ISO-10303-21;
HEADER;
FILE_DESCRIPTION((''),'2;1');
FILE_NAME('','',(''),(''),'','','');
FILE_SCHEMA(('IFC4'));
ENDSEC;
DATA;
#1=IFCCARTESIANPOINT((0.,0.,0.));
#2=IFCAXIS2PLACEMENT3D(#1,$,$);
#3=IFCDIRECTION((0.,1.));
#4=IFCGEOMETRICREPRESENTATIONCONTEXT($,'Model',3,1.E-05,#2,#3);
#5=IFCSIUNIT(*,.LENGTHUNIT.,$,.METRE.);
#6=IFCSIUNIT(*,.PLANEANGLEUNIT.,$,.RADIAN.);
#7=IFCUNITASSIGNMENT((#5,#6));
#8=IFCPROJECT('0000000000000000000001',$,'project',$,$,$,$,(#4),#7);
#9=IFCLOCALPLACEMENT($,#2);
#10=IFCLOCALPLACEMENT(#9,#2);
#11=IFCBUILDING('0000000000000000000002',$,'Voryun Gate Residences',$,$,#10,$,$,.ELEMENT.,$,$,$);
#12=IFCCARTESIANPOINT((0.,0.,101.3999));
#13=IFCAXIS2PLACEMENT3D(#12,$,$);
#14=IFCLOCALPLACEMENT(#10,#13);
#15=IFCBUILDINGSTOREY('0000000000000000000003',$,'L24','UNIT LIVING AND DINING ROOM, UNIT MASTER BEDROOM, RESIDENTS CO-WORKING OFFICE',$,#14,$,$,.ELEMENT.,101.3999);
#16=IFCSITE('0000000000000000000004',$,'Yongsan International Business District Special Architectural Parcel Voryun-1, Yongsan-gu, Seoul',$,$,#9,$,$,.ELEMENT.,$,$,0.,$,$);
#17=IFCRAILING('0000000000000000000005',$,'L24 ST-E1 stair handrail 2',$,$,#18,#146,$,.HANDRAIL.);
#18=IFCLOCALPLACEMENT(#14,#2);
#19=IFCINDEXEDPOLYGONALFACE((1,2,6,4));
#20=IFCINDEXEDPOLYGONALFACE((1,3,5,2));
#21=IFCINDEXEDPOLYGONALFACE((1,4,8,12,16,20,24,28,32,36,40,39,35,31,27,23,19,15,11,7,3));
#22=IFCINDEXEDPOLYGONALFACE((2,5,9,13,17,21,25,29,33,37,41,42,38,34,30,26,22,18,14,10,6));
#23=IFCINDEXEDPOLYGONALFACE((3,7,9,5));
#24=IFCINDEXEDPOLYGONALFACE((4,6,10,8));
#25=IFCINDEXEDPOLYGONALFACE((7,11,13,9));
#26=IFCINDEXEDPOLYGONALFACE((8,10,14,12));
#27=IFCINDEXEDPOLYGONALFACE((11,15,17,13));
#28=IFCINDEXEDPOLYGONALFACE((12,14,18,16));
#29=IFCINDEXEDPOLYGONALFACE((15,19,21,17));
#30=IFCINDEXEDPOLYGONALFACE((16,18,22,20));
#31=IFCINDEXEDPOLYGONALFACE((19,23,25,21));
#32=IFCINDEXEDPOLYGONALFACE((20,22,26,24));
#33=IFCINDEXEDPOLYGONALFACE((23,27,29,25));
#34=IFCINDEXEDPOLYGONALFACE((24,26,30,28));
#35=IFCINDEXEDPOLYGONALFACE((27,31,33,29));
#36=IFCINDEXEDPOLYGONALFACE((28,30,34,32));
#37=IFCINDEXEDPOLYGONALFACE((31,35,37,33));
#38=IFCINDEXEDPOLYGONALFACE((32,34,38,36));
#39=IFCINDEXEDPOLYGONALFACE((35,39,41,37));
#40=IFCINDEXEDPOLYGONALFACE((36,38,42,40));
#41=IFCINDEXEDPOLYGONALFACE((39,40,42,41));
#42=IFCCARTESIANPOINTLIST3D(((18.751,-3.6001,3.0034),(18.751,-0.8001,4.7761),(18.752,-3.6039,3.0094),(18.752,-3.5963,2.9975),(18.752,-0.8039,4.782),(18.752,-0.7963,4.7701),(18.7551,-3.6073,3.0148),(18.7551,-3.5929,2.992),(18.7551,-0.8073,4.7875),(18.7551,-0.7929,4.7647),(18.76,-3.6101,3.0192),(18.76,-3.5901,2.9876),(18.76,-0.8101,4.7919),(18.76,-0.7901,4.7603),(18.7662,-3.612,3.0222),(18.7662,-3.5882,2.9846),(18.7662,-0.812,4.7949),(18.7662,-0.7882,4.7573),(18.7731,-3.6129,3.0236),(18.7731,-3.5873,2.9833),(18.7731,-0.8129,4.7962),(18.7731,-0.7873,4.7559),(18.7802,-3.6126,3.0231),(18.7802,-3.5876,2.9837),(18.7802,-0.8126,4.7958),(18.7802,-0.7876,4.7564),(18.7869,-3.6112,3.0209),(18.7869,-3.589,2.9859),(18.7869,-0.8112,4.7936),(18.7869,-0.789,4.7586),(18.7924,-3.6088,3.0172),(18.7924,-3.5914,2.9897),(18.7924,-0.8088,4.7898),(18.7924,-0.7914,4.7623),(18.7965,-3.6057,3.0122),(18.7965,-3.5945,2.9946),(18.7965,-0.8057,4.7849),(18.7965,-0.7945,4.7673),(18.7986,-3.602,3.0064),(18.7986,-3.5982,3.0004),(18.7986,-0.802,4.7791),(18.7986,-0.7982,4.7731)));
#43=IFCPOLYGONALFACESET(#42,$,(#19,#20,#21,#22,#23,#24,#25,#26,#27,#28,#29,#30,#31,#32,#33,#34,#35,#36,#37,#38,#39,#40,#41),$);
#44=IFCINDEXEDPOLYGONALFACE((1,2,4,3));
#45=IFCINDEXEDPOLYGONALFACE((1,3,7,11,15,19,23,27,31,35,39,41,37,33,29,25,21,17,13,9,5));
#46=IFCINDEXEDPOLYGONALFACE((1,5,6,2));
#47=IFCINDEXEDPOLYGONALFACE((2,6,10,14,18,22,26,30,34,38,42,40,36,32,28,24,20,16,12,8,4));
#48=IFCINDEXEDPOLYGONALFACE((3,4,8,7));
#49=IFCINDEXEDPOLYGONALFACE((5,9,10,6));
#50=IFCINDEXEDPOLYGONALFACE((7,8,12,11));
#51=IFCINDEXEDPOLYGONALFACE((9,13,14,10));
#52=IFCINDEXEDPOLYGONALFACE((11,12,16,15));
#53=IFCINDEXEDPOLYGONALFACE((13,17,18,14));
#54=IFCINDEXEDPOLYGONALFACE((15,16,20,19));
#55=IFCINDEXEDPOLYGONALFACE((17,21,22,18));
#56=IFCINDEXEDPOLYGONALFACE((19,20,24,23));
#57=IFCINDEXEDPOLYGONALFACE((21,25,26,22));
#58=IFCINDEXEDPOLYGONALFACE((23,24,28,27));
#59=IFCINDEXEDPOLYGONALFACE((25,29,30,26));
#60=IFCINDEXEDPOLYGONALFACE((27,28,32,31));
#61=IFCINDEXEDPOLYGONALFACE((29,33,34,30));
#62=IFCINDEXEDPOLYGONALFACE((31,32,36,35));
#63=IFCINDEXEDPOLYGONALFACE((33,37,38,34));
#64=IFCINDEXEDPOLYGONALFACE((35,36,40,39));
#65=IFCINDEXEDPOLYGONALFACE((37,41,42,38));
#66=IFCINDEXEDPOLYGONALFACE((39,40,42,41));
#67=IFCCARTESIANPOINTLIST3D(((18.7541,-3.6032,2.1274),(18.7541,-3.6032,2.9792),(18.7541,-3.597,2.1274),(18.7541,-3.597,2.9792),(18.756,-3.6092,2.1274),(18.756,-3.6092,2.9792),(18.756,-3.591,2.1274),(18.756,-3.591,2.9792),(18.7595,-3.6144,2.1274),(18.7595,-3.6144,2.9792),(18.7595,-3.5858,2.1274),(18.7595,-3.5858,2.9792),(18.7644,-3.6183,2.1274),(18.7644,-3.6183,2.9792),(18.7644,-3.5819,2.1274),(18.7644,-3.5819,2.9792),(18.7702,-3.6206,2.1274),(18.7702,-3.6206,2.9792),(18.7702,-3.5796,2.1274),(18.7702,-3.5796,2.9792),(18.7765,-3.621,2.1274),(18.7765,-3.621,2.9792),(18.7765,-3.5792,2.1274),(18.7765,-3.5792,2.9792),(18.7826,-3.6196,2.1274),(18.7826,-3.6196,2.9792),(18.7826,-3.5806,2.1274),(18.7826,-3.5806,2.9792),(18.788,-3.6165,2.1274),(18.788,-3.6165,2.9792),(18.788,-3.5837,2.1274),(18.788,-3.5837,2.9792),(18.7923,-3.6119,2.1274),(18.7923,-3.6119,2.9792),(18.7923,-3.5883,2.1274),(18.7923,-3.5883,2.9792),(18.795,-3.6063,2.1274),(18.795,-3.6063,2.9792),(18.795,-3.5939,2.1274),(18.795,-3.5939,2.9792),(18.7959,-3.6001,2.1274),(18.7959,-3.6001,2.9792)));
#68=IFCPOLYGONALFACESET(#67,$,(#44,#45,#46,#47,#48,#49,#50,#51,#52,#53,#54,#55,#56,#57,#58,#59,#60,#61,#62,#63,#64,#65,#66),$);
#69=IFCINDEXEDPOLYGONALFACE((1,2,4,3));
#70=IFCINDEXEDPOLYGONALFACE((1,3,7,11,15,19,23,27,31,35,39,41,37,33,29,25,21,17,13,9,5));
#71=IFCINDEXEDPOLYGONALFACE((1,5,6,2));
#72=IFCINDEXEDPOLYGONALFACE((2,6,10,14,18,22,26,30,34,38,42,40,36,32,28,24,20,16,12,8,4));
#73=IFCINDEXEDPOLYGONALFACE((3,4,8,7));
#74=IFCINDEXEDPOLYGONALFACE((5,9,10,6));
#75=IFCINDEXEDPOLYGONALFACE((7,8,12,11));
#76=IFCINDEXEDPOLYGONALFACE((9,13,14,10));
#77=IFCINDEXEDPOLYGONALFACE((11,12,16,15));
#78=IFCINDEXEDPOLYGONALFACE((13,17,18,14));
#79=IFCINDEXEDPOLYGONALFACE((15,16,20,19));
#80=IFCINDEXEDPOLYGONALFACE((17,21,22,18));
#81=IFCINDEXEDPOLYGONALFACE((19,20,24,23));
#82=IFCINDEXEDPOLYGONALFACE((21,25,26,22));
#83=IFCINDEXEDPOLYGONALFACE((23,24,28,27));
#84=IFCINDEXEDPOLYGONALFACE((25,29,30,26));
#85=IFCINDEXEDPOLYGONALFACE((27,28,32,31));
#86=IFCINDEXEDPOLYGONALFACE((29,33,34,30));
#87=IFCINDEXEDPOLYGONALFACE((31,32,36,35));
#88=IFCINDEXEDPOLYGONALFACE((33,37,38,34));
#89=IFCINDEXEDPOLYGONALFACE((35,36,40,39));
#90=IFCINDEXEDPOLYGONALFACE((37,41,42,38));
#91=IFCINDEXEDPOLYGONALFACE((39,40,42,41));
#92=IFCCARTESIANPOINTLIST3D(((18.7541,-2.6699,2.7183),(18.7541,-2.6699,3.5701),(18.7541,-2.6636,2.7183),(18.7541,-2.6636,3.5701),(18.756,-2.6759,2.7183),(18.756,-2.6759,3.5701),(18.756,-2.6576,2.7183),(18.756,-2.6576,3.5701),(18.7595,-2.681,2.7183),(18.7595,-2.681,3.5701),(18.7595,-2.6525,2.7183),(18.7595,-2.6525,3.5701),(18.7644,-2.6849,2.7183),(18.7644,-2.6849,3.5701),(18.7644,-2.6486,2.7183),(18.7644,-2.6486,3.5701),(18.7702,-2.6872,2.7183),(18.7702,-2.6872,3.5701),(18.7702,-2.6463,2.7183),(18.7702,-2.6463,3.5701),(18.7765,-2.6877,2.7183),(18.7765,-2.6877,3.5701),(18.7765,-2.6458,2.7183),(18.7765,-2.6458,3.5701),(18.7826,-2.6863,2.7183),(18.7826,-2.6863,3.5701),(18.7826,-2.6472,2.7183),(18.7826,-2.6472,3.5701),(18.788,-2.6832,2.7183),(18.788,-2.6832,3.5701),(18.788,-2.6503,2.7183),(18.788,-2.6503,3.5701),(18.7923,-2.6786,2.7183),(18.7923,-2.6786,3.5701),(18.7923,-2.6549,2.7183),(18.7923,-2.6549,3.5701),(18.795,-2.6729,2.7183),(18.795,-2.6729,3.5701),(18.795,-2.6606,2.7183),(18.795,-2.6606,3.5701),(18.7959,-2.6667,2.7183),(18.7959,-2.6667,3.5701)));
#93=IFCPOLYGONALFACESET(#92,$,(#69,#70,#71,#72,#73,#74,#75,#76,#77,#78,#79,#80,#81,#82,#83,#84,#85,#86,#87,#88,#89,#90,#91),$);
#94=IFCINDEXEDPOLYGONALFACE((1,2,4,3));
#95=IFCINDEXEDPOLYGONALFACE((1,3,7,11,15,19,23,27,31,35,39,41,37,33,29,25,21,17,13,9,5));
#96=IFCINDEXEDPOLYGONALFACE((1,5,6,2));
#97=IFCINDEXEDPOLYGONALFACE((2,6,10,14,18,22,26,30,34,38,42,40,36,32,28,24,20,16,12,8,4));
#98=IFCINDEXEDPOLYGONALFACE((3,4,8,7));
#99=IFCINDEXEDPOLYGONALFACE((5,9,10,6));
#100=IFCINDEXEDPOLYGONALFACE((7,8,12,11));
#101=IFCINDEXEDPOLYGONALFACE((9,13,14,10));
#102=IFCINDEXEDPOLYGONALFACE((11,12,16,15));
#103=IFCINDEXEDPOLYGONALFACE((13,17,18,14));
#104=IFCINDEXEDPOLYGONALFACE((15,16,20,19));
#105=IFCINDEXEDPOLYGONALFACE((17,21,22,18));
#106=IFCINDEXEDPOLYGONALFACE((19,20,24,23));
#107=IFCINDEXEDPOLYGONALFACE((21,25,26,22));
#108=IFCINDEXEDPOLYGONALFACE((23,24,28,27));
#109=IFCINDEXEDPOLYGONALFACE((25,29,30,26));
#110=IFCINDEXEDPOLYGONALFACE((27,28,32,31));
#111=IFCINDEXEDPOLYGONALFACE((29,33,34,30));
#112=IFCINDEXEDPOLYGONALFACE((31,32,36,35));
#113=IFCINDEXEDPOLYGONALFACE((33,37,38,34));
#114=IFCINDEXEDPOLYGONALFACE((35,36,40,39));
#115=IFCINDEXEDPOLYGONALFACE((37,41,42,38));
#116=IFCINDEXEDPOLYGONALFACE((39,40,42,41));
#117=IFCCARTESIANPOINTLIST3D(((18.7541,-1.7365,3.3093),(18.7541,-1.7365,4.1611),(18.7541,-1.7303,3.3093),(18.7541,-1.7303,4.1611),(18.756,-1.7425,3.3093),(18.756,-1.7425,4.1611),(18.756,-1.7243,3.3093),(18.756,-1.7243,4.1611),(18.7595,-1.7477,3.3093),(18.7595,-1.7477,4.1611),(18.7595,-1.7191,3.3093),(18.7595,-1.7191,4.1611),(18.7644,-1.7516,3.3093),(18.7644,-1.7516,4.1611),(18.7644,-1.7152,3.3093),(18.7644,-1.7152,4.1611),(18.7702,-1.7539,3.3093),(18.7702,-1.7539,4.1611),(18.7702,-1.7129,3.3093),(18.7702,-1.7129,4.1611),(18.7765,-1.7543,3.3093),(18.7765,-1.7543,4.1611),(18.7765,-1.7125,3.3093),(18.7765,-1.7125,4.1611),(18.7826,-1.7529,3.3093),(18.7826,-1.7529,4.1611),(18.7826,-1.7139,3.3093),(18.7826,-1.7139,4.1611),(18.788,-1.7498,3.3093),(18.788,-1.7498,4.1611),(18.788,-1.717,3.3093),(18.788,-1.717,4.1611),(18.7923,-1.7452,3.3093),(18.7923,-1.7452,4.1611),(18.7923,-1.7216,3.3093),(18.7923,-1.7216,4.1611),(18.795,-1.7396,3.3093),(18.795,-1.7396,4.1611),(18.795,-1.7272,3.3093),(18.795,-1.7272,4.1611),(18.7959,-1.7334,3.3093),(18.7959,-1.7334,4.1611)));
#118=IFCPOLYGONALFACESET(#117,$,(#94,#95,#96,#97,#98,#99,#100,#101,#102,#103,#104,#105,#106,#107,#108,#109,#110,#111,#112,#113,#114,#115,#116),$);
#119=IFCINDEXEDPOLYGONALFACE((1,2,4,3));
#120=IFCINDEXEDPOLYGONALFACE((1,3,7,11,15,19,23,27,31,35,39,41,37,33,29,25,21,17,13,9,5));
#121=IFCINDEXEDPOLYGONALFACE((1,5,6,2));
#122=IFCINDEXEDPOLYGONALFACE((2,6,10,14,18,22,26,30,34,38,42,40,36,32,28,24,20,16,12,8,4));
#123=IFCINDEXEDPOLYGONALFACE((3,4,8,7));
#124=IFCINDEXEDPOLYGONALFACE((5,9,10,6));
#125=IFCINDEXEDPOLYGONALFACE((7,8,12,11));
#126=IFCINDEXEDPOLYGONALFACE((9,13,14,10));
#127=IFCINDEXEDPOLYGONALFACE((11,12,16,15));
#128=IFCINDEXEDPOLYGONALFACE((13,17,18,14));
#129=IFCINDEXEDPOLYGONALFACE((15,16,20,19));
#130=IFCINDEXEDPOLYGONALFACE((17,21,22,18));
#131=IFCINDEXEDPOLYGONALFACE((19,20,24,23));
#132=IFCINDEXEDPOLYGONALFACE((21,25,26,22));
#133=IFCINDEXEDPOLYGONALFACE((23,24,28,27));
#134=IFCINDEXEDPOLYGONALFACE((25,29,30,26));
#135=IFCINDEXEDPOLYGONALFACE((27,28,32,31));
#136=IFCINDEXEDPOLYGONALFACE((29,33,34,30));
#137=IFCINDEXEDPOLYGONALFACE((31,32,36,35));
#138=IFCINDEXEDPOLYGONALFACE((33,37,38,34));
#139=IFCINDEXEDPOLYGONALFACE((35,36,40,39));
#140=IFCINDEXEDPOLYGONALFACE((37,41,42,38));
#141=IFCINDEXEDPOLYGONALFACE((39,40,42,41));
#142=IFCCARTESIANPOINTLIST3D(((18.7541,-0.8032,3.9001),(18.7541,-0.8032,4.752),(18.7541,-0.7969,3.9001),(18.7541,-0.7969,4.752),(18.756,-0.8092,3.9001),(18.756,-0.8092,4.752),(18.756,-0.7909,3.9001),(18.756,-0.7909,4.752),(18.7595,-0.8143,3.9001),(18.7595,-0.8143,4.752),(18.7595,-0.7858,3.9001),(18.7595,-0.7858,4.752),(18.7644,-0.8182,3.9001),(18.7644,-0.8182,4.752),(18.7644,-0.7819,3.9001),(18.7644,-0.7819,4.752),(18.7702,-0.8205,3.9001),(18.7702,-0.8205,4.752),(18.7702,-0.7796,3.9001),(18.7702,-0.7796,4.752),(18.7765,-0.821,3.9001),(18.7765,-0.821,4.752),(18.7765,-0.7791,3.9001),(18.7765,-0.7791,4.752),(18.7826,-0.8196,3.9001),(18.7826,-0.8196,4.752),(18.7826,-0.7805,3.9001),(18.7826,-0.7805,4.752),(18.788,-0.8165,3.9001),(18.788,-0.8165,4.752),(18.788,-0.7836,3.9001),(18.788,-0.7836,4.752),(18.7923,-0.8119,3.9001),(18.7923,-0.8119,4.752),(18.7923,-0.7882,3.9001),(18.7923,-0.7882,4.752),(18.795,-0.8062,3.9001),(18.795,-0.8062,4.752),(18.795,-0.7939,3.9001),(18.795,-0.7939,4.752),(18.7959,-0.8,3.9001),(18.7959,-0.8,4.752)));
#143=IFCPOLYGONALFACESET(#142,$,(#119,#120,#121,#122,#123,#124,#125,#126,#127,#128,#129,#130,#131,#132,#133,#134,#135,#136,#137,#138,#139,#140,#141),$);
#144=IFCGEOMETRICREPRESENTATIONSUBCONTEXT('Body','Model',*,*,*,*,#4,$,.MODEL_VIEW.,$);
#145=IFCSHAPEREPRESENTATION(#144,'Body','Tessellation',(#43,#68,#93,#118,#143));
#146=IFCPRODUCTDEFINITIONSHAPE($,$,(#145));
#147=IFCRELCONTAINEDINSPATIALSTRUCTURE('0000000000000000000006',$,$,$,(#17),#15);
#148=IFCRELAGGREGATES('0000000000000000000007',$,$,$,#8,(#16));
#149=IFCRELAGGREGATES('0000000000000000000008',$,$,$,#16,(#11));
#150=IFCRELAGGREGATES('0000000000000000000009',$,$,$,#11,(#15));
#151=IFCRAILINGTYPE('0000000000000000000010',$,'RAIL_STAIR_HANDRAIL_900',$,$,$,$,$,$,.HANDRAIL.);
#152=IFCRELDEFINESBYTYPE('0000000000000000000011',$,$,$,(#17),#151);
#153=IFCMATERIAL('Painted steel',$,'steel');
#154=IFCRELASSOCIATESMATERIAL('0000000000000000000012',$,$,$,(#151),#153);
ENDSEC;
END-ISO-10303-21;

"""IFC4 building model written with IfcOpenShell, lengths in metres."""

from ifc_helpers import new_model, si_unit, direction, frame, origin, origin_2d, place, context, subcontext, project, spatial, circle, extrude, material, type_object, element, save


model = new_model("IFC4")

# Units and contexts
model_context = context("Model", 3, precision=1e-05, world=origin(), true_north=direction((0.0, 1.0)))
body_context = subcontext(model_context, "Body", "Model", "MODEL_VIEW")
ifc_project = project(units=[si_unit("LENGTHUNIT", "METRE"), si_unit("PLANEANGLEUNIT", "RADIAN")], contexts=[model_context])

# Site, building, storey
site_placement = place(None, origin())
site = spatial("IfcSite", under=ifc_project, at=site_placement, Name="Yongsan International Business District Special Architectural Parcel Voryun-1, Yongsan-gu, Seoul", CompositionType="ELEMENT", RefElevation=0.0)
building_placement = place(site_placement, origin())
building = spatial("IfcBuilding", under=site, at=building_placement, Name="Voryun Gate Residences", CompositionType="ELEMENT")
storey_placement = place(building_placement, frame((0.0, 0.0, 101.3999)))
storey = spatial("IfcBuildingStorey", under=building, at=storey_placement, Name="L24", Description="UNIT LIVING AND DINING ROOM, UNIT MASTER BEDROOM, RESIDENTS CO-WORKING OFFICE", CompositionType="ELEMENT", Elevation=101.3999)

# Railing
ifc_material_1 = material(Name="Painted steel", Category="steel")
railing_type_1 = type_object("IfcRailingType", Name="RAIL_STAIR_HANDRAIL_900", PredefinedType="HANDRAIL", material=ifc_material_1)
railing_1_placement = place(storey_placement, frame((18.7749, -3.6001, 2.1274)))
element("IfcRailing", 1, at=railing_1_placement, inside=storey, type_object=railing_type_1, Name="L24 ST-E1 stair handrail 2", PredefinedType="HANDRAIL", context=body_context, shape_type="SweptSolid", body=[
    extrude(circle(Radius=0.0239, at=origin_2d()), frame((0.0, 0.0, 0.876), z_axis=(0.0, 0.844909, 0.53491), x_axis=(-1.0, 0.0, 0.0)), (0.0, 0.0, 1.0), 3.314),
    extrude(circle(Radius=0.021, at=origin_2d()), origin(), (0.0, 0.0, 1.0), 0.8518),
    extrude(circle(Radius=0.021, at=origin_2d()), frame((0.0, 0.9333, 0.5908)), (0.0, 0.0, 1.0), 0.8518),
    extrude(circle(Radius=0.021, at=origin_2d()), frame((0.0, 1.8667, 1.1819)), (0.0, 0.0, 1.0), 0.8518),
    extrude(circle(Radius=0.021, at=origin_2d()), frame((0.0, 2.8, 1.7727)), (0.0, 0.0, 1.0), 0.8518),
])

save(model, "model.ifc")
